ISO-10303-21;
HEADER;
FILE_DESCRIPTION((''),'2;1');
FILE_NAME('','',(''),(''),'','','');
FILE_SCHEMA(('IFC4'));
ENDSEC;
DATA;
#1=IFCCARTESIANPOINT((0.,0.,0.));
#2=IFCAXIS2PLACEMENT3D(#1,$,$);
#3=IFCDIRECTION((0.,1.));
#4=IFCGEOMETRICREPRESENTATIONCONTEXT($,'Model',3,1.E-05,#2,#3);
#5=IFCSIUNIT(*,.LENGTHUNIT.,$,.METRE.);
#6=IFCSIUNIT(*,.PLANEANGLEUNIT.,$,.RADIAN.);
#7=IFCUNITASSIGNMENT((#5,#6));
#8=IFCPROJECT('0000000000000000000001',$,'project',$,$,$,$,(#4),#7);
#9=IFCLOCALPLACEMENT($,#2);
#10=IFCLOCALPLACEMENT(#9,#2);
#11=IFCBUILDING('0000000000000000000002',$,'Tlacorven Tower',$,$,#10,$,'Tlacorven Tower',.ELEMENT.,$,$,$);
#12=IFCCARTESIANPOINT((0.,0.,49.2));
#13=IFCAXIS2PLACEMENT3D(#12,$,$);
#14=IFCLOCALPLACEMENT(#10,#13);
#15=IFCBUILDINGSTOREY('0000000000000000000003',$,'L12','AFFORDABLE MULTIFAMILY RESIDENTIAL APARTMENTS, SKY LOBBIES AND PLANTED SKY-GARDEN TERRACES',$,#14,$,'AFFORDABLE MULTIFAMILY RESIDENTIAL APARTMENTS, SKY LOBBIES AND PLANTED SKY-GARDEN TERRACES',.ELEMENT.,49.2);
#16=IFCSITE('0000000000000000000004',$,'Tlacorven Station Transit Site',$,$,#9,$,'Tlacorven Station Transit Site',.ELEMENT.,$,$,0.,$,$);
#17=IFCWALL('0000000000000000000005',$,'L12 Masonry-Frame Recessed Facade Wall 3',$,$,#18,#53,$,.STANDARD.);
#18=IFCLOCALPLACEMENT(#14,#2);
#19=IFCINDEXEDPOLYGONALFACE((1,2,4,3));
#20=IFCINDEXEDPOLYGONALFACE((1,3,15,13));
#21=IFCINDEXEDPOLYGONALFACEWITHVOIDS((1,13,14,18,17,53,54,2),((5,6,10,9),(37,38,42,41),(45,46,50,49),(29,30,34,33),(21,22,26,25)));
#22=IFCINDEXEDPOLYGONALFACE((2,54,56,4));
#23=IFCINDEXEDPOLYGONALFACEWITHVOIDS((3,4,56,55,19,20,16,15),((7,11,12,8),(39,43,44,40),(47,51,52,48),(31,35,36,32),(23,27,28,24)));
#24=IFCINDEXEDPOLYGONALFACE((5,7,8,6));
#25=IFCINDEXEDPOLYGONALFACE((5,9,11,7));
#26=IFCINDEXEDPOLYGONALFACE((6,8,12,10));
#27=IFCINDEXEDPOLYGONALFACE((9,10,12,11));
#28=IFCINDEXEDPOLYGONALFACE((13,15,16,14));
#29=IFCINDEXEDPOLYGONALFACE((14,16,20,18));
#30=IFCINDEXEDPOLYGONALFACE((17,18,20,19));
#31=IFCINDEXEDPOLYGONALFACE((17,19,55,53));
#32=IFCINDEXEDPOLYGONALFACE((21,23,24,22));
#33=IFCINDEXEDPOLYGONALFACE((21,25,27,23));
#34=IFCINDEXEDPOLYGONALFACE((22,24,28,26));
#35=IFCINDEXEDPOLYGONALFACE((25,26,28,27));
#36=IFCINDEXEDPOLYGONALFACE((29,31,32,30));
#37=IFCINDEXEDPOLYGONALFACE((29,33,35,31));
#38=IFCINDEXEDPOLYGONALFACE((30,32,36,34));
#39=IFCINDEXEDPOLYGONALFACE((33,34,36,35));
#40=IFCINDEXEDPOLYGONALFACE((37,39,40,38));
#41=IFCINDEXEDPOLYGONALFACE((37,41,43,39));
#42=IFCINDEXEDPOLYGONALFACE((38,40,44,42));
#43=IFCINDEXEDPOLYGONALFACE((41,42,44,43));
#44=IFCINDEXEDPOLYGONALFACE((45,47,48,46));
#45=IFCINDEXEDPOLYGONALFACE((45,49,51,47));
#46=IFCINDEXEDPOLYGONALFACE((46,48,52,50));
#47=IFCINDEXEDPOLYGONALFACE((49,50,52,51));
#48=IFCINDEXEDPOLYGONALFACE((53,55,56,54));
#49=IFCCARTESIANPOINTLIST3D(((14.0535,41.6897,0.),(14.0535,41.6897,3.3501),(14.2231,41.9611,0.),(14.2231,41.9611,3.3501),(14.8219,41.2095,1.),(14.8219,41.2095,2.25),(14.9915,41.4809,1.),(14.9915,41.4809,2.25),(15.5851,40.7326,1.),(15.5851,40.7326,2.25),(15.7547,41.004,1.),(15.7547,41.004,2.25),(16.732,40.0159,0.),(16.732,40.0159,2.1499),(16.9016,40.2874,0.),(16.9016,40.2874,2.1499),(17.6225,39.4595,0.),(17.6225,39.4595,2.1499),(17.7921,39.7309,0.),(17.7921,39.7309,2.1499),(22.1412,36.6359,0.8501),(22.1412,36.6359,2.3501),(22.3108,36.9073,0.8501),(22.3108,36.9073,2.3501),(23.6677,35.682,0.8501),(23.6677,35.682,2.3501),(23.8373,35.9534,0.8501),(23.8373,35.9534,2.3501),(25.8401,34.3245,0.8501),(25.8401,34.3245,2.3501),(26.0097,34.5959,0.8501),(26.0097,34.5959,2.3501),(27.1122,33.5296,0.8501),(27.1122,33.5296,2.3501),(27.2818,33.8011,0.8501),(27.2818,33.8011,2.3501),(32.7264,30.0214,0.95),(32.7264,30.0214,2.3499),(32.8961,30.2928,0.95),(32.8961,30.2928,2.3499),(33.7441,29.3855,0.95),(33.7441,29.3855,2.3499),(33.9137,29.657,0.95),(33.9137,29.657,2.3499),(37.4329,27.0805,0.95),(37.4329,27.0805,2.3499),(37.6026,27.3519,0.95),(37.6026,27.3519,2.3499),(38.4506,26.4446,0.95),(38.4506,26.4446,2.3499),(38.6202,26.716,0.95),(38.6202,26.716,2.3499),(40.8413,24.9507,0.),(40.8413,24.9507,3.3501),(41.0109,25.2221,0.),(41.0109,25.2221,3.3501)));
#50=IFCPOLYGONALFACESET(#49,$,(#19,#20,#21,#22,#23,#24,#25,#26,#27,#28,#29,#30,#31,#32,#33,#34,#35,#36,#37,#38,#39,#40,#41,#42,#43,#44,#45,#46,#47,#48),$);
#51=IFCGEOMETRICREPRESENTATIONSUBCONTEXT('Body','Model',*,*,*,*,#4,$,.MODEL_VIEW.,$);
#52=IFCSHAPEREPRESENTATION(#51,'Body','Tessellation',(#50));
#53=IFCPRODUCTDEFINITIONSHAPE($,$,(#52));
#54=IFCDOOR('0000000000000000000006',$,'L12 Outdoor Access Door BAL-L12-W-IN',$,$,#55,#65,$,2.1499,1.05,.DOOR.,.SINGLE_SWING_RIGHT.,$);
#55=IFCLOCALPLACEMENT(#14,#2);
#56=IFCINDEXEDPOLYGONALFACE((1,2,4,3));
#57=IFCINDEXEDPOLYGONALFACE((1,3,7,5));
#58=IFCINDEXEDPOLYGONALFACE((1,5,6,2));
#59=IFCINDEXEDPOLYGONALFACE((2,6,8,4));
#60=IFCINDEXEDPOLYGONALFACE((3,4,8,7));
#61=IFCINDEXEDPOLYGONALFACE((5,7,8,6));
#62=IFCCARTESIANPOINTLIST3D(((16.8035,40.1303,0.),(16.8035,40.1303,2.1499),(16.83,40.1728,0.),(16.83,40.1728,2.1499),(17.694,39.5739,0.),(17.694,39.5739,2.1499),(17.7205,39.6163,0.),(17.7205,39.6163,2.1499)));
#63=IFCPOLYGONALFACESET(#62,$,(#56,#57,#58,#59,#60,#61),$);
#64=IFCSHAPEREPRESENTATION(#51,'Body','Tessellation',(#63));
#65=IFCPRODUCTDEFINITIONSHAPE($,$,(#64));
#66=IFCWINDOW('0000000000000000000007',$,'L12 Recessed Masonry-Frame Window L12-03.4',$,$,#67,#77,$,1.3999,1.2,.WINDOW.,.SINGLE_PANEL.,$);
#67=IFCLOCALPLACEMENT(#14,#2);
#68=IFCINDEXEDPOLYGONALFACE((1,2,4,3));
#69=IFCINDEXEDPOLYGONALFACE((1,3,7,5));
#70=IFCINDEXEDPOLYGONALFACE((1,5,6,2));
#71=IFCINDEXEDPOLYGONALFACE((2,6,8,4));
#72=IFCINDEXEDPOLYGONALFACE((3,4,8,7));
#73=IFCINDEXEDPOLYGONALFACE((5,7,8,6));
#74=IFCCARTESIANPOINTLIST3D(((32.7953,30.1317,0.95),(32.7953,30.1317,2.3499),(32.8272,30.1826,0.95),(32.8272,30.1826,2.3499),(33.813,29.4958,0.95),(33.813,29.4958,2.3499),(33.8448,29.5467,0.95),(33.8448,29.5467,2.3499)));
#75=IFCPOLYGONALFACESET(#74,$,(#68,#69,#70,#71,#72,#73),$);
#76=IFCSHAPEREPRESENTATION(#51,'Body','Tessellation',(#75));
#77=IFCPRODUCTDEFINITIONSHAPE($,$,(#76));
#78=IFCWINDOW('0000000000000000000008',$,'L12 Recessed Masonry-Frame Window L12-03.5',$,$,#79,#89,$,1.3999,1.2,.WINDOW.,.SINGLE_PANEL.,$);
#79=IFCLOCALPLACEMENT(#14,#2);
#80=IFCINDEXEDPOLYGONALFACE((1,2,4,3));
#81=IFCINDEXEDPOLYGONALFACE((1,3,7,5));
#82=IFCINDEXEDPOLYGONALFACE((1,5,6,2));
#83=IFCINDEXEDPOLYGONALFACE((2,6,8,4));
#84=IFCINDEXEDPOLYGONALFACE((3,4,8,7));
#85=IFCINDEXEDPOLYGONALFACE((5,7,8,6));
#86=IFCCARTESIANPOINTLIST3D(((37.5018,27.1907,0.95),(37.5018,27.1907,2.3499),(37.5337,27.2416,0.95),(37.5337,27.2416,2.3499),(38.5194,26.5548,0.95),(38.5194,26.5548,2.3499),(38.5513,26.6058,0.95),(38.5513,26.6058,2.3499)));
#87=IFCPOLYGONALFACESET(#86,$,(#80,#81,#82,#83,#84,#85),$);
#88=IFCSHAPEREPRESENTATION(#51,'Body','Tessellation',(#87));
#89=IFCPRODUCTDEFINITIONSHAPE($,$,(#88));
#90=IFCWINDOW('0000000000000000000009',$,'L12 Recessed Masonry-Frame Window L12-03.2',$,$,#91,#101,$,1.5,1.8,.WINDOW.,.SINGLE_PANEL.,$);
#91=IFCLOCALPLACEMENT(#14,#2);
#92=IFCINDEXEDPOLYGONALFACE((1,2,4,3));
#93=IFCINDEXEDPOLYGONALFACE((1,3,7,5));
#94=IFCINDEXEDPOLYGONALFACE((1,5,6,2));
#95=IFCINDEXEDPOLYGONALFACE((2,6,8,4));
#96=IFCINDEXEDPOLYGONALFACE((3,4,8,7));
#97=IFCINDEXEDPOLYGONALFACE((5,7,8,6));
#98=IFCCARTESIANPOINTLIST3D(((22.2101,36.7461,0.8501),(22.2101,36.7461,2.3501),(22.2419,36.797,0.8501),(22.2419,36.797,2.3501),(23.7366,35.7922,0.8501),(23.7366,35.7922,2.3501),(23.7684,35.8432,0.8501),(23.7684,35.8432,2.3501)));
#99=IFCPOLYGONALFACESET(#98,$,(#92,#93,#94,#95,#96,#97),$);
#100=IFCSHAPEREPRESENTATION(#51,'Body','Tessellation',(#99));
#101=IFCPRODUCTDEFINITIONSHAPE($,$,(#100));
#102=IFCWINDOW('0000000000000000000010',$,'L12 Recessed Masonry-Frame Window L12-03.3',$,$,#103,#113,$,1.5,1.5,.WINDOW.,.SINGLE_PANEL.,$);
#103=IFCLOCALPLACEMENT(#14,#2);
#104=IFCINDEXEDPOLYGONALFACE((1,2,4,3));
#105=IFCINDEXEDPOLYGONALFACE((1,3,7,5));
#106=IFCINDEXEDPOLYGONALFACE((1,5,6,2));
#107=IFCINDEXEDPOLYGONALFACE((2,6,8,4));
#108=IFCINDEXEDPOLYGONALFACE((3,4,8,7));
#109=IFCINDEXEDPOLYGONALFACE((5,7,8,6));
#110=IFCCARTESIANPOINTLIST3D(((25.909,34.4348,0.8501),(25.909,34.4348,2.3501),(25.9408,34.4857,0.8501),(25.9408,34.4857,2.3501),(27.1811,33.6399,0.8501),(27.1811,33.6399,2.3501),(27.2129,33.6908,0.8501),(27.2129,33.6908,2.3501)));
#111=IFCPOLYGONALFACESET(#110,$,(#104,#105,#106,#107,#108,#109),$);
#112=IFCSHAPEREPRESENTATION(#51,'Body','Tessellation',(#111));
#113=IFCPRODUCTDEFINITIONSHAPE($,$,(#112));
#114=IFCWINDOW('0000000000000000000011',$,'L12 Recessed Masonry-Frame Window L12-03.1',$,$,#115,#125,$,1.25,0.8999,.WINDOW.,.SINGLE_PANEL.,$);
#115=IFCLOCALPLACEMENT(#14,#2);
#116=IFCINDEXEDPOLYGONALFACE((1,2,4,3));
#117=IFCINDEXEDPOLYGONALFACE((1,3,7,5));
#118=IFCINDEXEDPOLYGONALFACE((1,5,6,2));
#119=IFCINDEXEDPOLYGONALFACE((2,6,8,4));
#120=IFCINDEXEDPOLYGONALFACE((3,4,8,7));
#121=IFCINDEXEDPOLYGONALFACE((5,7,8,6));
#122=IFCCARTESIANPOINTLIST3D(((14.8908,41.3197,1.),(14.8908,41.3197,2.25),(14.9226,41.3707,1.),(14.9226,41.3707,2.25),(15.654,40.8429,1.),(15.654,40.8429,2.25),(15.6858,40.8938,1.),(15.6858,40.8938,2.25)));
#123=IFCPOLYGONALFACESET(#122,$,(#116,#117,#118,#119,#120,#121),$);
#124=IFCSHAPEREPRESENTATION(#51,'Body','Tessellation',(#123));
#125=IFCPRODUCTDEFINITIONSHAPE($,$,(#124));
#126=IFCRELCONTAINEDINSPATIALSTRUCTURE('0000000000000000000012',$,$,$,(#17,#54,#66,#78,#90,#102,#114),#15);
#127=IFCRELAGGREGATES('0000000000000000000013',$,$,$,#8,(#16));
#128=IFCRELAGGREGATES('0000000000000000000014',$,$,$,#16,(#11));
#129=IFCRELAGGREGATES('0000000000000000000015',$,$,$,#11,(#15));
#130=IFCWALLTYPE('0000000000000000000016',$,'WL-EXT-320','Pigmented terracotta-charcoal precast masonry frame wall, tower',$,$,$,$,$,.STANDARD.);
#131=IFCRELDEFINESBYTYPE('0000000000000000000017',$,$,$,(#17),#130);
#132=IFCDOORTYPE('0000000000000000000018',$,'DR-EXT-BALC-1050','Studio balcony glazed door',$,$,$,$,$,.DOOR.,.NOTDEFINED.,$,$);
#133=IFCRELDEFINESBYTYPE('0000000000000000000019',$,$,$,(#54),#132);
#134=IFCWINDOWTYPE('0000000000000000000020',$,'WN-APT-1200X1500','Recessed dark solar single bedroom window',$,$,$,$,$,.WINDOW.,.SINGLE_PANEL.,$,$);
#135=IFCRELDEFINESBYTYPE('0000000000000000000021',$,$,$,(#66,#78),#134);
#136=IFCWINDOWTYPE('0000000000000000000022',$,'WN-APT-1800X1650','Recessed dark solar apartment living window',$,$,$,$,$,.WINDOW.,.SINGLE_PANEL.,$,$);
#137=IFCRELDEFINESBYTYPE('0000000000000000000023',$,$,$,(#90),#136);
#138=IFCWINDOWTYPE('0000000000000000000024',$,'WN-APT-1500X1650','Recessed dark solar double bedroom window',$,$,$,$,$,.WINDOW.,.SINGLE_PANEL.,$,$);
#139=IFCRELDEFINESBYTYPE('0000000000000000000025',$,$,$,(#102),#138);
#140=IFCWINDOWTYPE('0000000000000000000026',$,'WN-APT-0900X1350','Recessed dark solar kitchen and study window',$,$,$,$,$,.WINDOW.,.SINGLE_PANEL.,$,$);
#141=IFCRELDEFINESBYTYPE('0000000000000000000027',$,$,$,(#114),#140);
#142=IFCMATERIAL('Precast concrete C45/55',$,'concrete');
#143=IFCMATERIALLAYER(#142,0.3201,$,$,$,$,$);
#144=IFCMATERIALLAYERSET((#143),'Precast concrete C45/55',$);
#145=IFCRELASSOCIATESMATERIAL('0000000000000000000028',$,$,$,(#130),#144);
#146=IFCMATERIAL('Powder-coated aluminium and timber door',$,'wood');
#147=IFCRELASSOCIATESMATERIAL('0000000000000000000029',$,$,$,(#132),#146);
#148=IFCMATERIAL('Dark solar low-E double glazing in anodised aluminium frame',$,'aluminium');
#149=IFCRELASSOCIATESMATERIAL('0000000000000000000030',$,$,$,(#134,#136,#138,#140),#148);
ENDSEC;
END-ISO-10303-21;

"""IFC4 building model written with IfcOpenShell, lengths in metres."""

from ifc_helpers import new_model, si_unit, direction, frame, frame_2d, origin, place, context, subcontext, project, spatial, rectangle, extrude, source, transform, mapped, material, layer, layer_set, type_object, element, fill, save


model = new_model("IFC4")

# Units and contexts
model_context = context("Model", 3, precision=1e-05, world=origin(), true_north=direction((0.0, 1.0)))
body_context = subcontext(model_context, "Body", "Model", "MODEL_VIEW")
ifc_project = project(units=[si_unit("LENGTHUNIT", "METRE"), si_unit("PLANEANGLEUNIT", "RADIAN")], contexts=[model_context])

# Site, building, storey
site_placement = place(None, origin())
site = spatial("IfcSite", under=ifc_project, at=site_placement, Name="Tlacorven Station Transit Site", LongName="Tlacorven Station Transit Site", CompositionType="ELEMENT", RefElevation=0.0)
building_placement = place(site_placement, origin())
building = spatial("IfcBuilding", under=site, at=building_placement, Name="Tlacorven Tower", LongName="Tlacorven Tower", CompositionType="ELEMENT")
storey_placement = place(building_placement, frame((0.0, 0.0, 49.2)))
storey = spatial("IfcBuildingStorey", under=building, at=storey_placement, Name="L12", Description="AFFORDABLE MULTIFAMILY RESIDENTIAL APARTMENTS, SKY LOBBIES AND PLANTED SKY-GARDEN TERRACES", LongName="AFFORDABLE MULTIFAMILY RESIDENTIAL APARTMENTS, SKY LOBBIES AND PLANTED SKY-GARDEN TERRACES", CompositionType="ELEMENT", Elevation=49.2)

# Wall, openings, door, windows
ifc_material_1 = material(Name="Precast concrete C45/55", Category="concrete")
ifc_layer_1 = layer(ifc_material_1, 0.3201)
ifc_layer_set_1 = layer_set([ifc_layer_1], Name="Precast concrete C45/55")
wall_type_1 = type_object("IfcWallType", Name="WL-EXT-320", Description="Pigmented terracotta-charcoal precast masonry frame wall, tower", PredefinedType="STANDARD", material=ifc_layer_set_1)
wall_1_placement = place(storey_placement, frame((14.1382, 41.8254, 0.0), z_axis=(0.0, 0.0, 1.0), x_axis=(0.848046, -0.529922, 0.0)))
wall_1 = element("IfcWall", 1, at=wall_1_placement, inside=storey, type_object=wall_type_1, Name="L12 Masonry-Frame Recessed Facade Wall 3", PredefinedType="STANDARD", context=body_context, shape_type="SweptSolid", body=[
    extrude(rectangle(XDim=31.5876, YDim=0.3201, at=frame_2d((15.7939, 0.0))), origin(), (0.0, 0.0, 1.0), 3.3501),
])
opening_1_placement = place(wall_1_placement, frame((3.1587, 0.0, 0.0)))
opening_1 = element("IfcOpeningElement", 2, at=opening_1_placement, cuts=wall_1, PredefinedType="OPENING", context=body_context, shape_type="SweptSolid", body=[
    extrude(rectangle(XDim=1.05, YDim=2.1499, at=frame_2d((0.5249, 1.075))), frame((0.0, 0.1699, 0.0), z_axis=(0.0, -1.0, 0.0), x_axis=(1.0, 0.0, 0.0)), (0.0, 0.0, 1.0), 0.3401),
])
opening_2_placement = place(wall_1_placement, frame((0.9062, 0.0, 1.0)))
opening_2 = element("IfcOpeningElement", 3, at=opening_2_placement, cuts=wall_1, PredefinedType="OPENING", context=body_context, shape_type="SweptSolid", body=[
    extrude(rectangle(XDim=0.8999, YDim=1.25, at=frame_2d((0.45, 0.625))), frame((0.0, 0.1699, 0.0), z_axis=(0.0, -1.0, 0.0), x_axis=(1.0, 0.0, 0.0)), (0.0, 0.0, 1.0), 0.3401),
])
opening_3_placement = place(wall_1_placement, frame((9.5371, 0.0, 0.8501)))
opening_3 = element("IfcOpeningElement", 4, at=opening_3_placement, cuts=wall_1, PredefinedType="OPENING", context=body_context, shape_type="SweptSolid", body=[
    extrude(rectangle(XDim=1.8, YDim=1.5, at=frame_2d((0.8999, 0.75))), frame((0.0, 0.1699, 0.0), z_axis=(0.0, -1.0, 0.0), x_axis=(1.0, 0.0, 0.0)), (0.0, 0.0, 1.0), 0.3401),
])
opening_4_placement = place(wall_1_placement, frame((13.8987, 0.0, 0.8501)))
opening_4 = element("IfcOpeningElement", 5, at=opening_4_placement, cuts=wall_1, PredefinedType="OPENING", context=body_context, shape_type="SweptSolid", body=[
    extrude(rectangle(XDim=1.5, YDim=1.5, at=frame_2d((0.75, 0.75))), frame((0.0, 0.1699, 0.0), z_axis=(0.0, -1.0, 0.0), x_axis=(1.0, 0.0, 0.0)), (0.0, 0.0, 1.0), 0.3401),
])
opening_5_placement = place(wall_1_placement, frame((22.0188, 0.0, 0.95)))
opening_5 = element("IfcOpeningElement", 6, at=opening_5_placement, cuts=wall_1, PredefinedType="OPENING", context=body_context, shape_type="SweptSolid", body=[
    extrude(rectangle(XDim=1.2, YDim=1.3999, at=frame_2d((0.6001, 0.7))), frame((0.0, 0.1699, 0.0), z_axis=(0.0, -1.0, 0.0), x_axis=(1.0, 0.0, 0.0)), (0.0, 0.0, 1.0), 0.3401),
])
opening_6_placement = place(wall_1_placement, frame((27.5686, 0.0, 0.95)))
opening_6 = element("IfcOpeningElement", 7, at=opening_6_placement, cuts=wall_1, PredefinedType="OPENING", context=body_context, shape_type="SweptSolid", body=[
    extrude(rectangle(XDim=1.2, YDim=1.3999, at=frame_2d((0.6001, 0.7))), frame((0.0, 0.1699, 0.0), z_axis=(0.0, -1.0, 0.0), x_axis=(1.0, 0.0, 0.0)), (0.0, 0.0, 1.0), 0.3401),
])
ifc_material_2 = material(Name="Powder-coated aluminium and timber door", Category="wood")
door_type_1 = type_object("IfcDoorType", Name="DR-EXT-BALC-1050", Description="Studio balcony glazed door", OperationType="NOTDEFINED", PredefinedType="DOOR", material=ifc_material_2)
shared_shape_1 = source(origin(), body_context, "Body", "SweptSolid", [
    extrude(rectangle(XDim=1.05, YDim=2.1499, at=frame_2d((0.5249, 1.075))), frame((0.0, 0.0249, 0.0), z_axis=(0.0, -1.0, 0.0), x_axis=(1.0, 0.0, 0.0)), (0.0, 0.0, 1.0), 0.05),
])
door_1_placement = place(opening_1_placement, origin())
door_1 = element("IfcDoor", 8, at=door_1_placement, inside=storey, type_object=door_type_1, Name="L12 Outdoor Access Door BAL-L12-W-IN", OperationType="SINGLE_SWING_RIGHT", OverallHeight=2.1499, OverallWidth=1.05, PredefinedType="DOOR", context=body_context, shape_type="MappedRepresentation", body=[
    mapped(shared_shape_1, transform((0.0, 0.0, 0.0), scale=1.0)),
])
fill(opening_1, door_1)
ifc_material_3 = material(Name="Dark solar low-E double glazing in anodised aluminium frame", Category="aluminium")
window_type_1 = type_object("IfcWindowType", Name="WN-APT-1200X1500", Description="Recessed dark solar single bedroom window", PartitioningType="SINGLE_PANEL", PredefinedType="WINDOW", material=ifc_material_3)
shared_shape_2 = source(origin(), body_context, "Body", "SweptSolid", [
    extrude(rectangle(XDim=1.2, YDim=1.3999, at=frame_2d((0.6001, 0.7))), frame((0.0, 0.03, 0.0), z_axis=(0.0, -1.0, 0.0), x_axis=(1.0, 0.0, 0.0)), (0.0, 0.0, 1.0), 0.0601),
])
window_1_placement = place(opening_5_placement, origin())
window_1 = element("IfcWindow", 9, at=window_1_placement, inside=storey, type_object=window_type_1, Name="L12 Recessed Masonry-Frame Window L12-03.4", OverallHeight=1.3999, OverallWidth=1.2, PartitioningType="SINGLE_PANEL", PredefinedType="WINDOW", context=body_context, shape_type="MappedRepresentation", body=[
    mapped(shared_shape_2, transform((0.0, 0.0, 0.0), scale=1.0)),
])
fill(opening_5, window_1)
window_2_placement = place(opening_6_placement, origin())
window_2 = element("IfcWindow", 10, at=window_2_placement, inside=storey, type_object=window_type_1, Name="L12 Recessed Masonry-Frame Window L12-03.5", OverallHeight=1.3999, OverallWidth=1.2, PartitioningType="SINGLE_PANEL", PredefinedType="WINDOW", context=body_context, shape_type="MappedRepresentation", body=[
    mapped(shared_shape_2, transform((0.0, 0.0, 0.0), scale=1.0)),
])
fill(opening_6, window_2)
window_type_2 = type_object("IfcWindowType", Name="WN-APT-1800X1650", Description="Recessed dark solar apartment living window", PartitioningType="SINGLE_PANEL", PredefinedType="WINDOW", material=ifc_material_3)
shared_shape_3 = source(origin(), body_context, "Body", "SweptSolid", [
    extrude(rectangle(XDim=1.8, YDim=1.5, at=frame_2d((0.8999, 0.75))), frame((0.0, 0.03, 0.0), z_axis=(0.0, -1.0, 0.0), x_axis=(1.0, 0.0, 0.0)), (0.0, 0.0, 1.0), 0.0601),
])
window_3_placement = place(opening_3_placement, origin())
window_3 = element("IfcWindow", 11, at=window_3_placement, inside=storey, type_object=window_type_2, Name="L12 Recessed Masonry-Frame Window L12-03.2", OverallHeight=1.5, OverallWidth=1.8, PartitioningType="SINGLE_PANEL", PredefinedType="WINDOW", context=body_context, shape_type="MappedRepresentation", body=[
    mapped(shared_shape_3, transform((0.0, 0.0, 0.0), scale=1.0)),
])
fill(opening_3, window_3)
window_type_3 = type_object("IfcWindowType", Name="WN-APT-1500X1650", Description="Recessed dark solar double bedroom window", PartitioningType="SINGLE_PANEL", PredefinedType="WINDOW", material=ifc_material_3)
shared_shape_4 = source(origin(), body_context, "Body", "SweptSolid", [
    extrude(rectangle(XDim=1.5, YDim=1.5, at=frame_2d((0.75, 0.75))), frame((0.0, 0.03, 0.0), z_axis=(0.0, -1.0, 0.0), x_axis=(1.0, 0.0, 0.0)), (0.0, 0.0, 1.0), 0.0601),
])
window_4_placement = place(opening_4_placement, origin())
window_4 = element("IfcWindow", 12, at=window_4_placement, inside=storey, type_object=window_type_3, Name="L12 Recessed Masonry-Frame Window L12-03.3", OverallHeight=1.5, OverallWidth=1.5, PartitioningType="SINGLE_PANEL", PredefinedType="WINDOW", context=body_context, shape_type="MappedRepresentation", body=[
    mapped(shared_shape_4, transform((0.0, 0.0, 0.0), scale=1.0)),
])
fill(opening_4, window_4)
window_type_4 = type_object("IfcWindowType", Name="WN-APT-0900X1350", Description="Recessed dark solar kitchen and study window", PartitioningType="SINGLE_PANEL", PredefinedType="WINDOW", material=ifc_material_3)
shared_shape_5 = source(origin(), body_context, "Body", "SweptSolid", [
    extrude(rectangle(XDim=0.8999, YDim=1.25, at=frame_2d((0.45, 0.625))), frame((0.0, 0.03, 0.0), z_axis=(0.0, -1.0, 0.0), x_axis=(1.0, 0.0, 0.0)), (0.0, 0.0, 1.0), 0.0601),
])
window_5_placement = place(opening_2_placement, origin())
window_5 = element("IfcWindow", 13, at=window_5_placement, inside=storey, type_object=window_type_4, Name="L12 Recessed Masonry-Frame Window L12-03.1", OverallHeight=1.25, OverallWidth=0.8999, PartitioningType="SINGLE_PANEL", PredefinedType="WINDOW", context=body_context, shape_type="MappedRepresentation", body=[
    mapped(shared_shape_5, transform((0.0, 0.0, 0.0), scale=1.0)),
])
fill(opening_2, window_5)

save(model, "model.ifc")
